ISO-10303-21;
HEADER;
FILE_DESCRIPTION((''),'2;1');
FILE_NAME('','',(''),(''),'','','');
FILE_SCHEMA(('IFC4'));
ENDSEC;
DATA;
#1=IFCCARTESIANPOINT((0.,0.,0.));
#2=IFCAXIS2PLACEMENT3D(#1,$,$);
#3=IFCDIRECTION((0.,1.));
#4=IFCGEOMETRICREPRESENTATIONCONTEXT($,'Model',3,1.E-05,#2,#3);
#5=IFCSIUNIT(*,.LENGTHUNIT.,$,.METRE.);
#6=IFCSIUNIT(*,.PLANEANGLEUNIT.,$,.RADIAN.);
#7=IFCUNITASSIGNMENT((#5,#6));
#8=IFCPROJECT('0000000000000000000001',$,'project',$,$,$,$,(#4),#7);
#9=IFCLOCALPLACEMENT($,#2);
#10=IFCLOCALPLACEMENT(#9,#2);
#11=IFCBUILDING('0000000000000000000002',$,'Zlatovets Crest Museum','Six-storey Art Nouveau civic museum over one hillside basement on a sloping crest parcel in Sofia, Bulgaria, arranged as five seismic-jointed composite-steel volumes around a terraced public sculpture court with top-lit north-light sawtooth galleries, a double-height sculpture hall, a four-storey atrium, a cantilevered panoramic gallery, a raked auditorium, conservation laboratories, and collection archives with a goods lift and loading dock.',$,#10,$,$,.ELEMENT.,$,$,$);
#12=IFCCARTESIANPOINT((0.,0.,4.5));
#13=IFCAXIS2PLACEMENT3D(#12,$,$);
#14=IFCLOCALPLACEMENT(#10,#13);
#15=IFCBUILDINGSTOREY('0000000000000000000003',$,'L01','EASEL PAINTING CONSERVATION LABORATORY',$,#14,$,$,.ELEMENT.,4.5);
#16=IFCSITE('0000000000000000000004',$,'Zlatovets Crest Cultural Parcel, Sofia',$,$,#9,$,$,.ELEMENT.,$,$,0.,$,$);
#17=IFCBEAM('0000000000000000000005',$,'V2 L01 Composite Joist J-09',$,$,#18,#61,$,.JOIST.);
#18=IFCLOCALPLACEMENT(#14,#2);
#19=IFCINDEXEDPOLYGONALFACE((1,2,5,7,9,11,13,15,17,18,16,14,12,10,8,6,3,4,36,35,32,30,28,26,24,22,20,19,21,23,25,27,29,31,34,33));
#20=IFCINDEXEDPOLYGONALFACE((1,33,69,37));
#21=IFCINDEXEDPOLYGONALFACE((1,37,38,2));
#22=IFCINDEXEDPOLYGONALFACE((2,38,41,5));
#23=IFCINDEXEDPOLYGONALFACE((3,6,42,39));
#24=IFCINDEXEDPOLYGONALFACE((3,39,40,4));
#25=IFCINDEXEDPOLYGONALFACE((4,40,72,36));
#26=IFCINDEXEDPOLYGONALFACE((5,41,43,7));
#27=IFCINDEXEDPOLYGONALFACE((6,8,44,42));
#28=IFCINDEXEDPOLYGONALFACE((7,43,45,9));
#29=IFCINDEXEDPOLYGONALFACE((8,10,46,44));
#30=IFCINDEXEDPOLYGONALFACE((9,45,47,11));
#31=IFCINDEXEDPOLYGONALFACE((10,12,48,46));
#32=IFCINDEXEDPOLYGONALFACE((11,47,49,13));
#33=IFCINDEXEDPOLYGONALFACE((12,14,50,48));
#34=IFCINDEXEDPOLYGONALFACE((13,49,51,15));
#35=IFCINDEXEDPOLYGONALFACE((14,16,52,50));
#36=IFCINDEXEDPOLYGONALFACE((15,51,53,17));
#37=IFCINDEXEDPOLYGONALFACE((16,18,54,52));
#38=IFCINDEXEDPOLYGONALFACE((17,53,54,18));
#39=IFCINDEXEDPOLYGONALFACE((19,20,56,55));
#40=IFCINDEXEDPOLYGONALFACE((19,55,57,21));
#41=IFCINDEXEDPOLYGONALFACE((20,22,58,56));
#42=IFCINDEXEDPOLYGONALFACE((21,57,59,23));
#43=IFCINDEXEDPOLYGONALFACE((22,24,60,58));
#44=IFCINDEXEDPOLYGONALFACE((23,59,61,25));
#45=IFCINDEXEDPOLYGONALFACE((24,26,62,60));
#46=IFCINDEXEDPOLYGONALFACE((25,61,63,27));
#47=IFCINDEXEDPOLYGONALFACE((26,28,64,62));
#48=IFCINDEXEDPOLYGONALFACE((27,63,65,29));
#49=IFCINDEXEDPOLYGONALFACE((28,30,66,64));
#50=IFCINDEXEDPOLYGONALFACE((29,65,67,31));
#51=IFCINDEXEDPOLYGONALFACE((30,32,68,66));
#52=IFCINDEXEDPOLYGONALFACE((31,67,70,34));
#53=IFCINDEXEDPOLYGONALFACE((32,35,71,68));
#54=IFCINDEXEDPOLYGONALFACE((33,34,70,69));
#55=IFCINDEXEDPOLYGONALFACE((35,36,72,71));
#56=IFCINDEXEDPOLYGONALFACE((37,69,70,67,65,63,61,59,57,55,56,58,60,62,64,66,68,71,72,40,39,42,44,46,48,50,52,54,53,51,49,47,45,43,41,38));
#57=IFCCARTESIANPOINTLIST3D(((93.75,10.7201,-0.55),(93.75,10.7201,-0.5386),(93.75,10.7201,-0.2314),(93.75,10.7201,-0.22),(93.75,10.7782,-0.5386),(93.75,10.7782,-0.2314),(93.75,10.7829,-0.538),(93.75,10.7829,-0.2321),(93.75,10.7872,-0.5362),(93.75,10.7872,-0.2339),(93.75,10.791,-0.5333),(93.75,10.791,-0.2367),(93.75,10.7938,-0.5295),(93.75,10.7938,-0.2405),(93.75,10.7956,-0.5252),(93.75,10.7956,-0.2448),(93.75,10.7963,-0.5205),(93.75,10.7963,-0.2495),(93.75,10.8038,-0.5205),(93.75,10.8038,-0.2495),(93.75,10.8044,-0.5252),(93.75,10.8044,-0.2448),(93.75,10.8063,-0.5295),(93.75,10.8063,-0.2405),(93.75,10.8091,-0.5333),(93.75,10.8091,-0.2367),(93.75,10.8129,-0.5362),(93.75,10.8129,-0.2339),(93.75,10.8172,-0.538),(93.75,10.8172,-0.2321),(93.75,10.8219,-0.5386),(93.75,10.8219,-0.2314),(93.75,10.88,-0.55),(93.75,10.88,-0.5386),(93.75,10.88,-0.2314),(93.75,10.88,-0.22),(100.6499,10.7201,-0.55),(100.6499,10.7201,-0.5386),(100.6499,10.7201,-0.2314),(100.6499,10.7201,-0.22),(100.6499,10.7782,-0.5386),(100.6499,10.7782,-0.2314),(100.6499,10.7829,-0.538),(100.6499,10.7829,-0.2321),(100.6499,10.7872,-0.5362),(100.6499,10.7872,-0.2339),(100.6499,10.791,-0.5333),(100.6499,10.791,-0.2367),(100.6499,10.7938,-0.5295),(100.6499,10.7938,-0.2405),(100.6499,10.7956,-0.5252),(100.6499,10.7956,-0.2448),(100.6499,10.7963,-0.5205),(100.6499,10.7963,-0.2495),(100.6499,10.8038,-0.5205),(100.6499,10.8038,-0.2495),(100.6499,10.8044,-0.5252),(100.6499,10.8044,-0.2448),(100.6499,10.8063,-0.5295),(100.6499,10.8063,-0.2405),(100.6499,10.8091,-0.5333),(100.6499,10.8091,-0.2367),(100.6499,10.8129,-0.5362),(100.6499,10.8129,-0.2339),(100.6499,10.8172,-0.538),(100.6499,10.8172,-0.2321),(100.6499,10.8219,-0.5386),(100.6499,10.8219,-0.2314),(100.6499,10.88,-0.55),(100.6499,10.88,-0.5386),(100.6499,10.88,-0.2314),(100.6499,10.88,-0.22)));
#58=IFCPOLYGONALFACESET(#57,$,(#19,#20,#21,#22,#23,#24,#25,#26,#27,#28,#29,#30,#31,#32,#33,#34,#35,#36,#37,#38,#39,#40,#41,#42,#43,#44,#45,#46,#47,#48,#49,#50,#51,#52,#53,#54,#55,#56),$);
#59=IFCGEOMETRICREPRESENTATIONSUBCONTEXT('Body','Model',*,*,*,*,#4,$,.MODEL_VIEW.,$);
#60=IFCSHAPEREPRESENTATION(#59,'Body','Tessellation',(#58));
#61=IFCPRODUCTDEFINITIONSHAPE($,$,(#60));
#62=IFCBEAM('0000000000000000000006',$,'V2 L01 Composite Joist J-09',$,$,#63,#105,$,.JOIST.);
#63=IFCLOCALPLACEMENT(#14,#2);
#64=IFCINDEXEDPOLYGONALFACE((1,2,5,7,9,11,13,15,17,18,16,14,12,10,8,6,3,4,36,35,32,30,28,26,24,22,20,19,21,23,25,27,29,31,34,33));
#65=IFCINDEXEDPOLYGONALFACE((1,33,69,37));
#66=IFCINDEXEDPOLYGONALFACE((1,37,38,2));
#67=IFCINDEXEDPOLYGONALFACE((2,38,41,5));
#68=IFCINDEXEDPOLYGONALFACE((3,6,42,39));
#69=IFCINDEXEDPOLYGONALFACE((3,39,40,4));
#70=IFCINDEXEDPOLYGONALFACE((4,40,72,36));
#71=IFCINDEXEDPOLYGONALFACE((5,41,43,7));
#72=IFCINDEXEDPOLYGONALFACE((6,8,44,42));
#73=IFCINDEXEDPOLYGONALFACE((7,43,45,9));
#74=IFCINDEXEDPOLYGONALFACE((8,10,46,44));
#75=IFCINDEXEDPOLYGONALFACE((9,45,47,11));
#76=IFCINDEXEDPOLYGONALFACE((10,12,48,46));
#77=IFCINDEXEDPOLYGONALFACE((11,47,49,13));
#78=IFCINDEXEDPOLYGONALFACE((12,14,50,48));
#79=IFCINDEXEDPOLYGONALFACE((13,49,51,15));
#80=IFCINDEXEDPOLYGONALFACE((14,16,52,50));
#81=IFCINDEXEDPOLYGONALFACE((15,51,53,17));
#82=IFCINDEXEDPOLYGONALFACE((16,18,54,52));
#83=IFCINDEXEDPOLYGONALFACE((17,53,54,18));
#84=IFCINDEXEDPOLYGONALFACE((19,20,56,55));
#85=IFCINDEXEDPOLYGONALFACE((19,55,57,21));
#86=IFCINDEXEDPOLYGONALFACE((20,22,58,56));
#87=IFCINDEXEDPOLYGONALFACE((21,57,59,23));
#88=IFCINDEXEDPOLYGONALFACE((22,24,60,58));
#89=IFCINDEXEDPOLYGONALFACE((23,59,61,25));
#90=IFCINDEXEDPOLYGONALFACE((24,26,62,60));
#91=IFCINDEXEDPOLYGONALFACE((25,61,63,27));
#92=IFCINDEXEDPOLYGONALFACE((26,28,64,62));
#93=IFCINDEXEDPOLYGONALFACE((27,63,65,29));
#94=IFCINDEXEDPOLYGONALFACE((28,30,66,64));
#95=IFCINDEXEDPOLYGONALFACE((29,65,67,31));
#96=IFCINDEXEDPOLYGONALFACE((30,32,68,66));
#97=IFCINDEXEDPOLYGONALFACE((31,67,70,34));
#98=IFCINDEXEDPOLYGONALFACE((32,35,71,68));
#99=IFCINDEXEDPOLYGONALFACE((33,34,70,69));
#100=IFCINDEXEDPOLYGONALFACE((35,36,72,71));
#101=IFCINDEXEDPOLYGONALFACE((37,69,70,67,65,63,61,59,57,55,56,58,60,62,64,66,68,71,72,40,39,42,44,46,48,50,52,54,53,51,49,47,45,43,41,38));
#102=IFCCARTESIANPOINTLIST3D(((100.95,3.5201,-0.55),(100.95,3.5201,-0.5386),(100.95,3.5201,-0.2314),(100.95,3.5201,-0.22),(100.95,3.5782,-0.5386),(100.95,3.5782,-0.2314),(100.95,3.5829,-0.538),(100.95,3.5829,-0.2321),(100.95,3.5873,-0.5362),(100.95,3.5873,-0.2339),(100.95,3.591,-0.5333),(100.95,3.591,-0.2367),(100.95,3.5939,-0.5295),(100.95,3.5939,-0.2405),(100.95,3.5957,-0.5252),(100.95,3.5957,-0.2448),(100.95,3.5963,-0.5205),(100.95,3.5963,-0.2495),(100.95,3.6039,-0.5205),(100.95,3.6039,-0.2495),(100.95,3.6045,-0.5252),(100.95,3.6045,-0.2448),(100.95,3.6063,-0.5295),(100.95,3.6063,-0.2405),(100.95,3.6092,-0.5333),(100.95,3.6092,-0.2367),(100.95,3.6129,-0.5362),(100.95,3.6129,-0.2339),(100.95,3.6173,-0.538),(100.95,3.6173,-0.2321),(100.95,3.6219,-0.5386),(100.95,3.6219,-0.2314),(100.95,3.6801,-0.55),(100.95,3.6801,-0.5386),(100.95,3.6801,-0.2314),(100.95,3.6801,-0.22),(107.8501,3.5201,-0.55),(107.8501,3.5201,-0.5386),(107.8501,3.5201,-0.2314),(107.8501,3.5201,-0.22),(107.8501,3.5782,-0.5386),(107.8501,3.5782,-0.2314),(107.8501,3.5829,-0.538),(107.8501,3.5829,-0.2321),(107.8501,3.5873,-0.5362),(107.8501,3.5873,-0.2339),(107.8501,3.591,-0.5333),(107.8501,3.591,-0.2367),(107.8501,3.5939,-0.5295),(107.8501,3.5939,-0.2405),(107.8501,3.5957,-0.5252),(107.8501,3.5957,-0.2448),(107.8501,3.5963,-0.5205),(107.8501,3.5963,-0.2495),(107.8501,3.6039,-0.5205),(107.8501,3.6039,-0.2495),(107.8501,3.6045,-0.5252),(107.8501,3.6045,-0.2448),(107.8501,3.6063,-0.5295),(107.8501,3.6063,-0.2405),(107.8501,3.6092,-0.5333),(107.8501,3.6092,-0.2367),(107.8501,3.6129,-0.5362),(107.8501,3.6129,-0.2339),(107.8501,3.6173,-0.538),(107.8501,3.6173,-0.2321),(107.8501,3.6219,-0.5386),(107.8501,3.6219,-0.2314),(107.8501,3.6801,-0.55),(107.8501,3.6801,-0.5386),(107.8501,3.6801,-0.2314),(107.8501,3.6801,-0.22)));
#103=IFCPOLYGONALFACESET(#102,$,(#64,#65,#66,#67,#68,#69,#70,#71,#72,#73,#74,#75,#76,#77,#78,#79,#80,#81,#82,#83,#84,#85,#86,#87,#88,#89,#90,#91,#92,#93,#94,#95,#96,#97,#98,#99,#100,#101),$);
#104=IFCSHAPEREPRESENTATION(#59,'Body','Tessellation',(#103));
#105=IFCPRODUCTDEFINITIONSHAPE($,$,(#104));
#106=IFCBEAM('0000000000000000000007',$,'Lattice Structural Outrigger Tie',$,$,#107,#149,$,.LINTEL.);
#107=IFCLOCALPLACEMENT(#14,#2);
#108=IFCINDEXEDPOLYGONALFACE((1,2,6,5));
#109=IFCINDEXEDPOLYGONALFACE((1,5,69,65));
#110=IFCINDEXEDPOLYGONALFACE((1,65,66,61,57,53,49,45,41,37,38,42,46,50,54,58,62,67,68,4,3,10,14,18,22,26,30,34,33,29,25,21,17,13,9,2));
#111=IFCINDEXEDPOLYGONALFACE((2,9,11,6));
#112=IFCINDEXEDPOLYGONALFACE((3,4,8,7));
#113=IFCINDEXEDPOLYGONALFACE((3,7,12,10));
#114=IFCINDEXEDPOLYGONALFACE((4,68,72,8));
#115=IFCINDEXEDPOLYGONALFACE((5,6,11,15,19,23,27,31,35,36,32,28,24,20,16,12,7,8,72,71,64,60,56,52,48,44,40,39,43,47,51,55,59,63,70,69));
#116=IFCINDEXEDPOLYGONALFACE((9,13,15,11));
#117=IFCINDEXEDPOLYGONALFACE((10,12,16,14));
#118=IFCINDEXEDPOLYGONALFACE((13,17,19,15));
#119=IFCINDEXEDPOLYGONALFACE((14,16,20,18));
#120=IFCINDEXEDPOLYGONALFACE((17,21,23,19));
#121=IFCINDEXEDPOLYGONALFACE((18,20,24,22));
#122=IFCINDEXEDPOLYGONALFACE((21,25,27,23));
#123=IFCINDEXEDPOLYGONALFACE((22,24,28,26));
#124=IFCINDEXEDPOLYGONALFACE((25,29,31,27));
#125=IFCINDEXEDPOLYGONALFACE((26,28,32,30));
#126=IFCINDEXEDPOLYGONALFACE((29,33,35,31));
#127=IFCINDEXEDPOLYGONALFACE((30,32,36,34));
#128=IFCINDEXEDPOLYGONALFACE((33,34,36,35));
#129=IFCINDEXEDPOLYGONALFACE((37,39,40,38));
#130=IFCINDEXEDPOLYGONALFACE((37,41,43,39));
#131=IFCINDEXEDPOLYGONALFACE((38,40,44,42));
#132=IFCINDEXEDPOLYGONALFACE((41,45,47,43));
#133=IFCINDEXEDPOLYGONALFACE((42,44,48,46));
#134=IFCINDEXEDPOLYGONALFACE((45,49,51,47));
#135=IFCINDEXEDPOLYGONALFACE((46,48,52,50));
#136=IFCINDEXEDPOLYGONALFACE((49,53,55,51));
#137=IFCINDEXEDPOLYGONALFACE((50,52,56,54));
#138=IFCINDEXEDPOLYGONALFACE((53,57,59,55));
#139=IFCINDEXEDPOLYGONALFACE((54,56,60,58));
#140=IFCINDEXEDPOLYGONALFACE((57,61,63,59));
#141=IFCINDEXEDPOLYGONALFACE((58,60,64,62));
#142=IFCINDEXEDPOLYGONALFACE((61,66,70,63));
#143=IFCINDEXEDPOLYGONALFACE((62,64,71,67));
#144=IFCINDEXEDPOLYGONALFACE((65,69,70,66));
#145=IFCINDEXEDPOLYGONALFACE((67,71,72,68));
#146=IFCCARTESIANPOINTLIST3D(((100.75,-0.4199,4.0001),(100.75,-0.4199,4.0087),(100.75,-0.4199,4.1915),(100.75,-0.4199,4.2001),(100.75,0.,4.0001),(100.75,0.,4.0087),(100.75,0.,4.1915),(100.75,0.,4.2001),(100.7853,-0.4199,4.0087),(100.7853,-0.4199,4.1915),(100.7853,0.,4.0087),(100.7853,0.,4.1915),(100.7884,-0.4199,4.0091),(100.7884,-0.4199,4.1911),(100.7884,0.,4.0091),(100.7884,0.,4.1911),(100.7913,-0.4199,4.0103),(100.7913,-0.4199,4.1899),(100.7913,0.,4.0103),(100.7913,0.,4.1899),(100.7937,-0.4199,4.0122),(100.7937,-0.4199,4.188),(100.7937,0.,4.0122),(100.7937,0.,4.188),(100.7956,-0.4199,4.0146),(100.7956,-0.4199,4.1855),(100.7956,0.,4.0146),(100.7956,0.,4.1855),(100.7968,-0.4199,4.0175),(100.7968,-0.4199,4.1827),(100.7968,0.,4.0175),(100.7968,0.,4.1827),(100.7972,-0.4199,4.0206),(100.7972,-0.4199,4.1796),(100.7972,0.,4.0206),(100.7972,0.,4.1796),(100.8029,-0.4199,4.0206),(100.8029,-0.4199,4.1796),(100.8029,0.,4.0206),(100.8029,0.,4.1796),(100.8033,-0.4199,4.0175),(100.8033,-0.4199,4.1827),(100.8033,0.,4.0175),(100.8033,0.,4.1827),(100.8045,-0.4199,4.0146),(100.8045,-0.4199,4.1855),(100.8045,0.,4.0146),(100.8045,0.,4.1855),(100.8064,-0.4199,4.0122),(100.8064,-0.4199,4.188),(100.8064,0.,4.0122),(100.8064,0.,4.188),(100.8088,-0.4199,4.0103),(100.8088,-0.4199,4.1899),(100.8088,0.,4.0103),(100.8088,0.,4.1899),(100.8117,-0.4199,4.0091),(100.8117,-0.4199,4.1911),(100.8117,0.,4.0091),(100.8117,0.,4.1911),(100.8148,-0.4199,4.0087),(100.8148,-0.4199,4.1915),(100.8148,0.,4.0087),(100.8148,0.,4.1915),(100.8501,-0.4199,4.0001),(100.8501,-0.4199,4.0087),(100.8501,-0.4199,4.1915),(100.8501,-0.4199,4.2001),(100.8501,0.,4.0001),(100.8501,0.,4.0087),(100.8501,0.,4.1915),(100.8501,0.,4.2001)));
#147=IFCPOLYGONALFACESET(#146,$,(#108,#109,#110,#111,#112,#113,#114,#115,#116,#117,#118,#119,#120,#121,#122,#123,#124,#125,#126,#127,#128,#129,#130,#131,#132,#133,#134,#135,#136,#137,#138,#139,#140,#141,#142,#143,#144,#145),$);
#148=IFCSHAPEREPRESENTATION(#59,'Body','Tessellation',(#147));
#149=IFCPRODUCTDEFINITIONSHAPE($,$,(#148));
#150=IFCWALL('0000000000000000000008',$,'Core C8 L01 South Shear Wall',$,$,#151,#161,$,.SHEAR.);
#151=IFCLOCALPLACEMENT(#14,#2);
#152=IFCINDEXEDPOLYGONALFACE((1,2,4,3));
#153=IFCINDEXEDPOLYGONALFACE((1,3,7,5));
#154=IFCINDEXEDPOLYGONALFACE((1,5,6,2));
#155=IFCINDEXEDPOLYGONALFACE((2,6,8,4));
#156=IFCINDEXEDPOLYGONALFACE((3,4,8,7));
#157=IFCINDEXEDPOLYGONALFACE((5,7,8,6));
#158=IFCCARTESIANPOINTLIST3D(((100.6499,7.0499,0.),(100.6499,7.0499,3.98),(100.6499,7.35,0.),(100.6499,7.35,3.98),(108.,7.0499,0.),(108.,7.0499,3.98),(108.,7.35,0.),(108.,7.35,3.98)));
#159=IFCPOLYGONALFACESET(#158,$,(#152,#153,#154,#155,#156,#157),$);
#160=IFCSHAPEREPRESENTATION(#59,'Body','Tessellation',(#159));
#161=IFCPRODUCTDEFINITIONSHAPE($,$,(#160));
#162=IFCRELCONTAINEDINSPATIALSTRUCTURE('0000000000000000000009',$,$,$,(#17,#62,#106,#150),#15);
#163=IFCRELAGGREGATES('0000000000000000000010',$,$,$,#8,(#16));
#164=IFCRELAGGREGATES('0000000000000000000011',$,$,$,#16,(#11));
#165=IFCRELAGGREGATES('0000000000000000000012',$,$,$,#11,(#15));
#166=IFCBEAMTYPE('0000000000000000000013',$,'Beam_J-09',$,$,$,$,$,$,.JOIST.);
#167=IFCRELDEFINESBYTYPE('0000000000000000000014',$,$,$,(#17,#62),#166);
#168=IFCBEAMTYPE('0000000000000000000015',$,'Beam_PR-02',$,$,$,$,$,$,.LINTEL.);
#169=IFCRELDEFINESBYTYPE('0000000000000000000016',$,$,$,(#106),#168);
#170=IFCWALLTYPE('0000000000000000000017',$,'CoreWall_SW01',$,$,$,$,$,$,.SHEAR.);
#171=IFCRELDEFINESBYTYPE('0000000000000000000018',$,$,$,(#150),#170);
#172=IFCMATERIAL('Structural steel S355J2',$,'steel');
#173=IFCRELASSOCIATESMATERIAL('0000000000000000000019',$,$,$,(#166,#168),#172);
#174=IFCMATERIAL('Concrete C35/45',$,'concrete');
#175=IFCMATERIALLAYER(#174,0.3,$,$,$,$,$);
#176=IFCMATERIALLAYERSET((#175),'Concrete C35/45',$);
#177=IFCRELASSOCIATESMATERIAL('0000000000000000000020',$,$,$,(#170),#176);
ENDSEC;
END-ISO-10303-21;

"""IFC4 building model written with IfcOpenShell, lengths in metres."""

from ifc_helpers import new_model, si_unit, direction, frame, frame_2d, origin, origin_2d, place, context, subcontext, project, spatial, rectangle, i_section, extrude, material, layer, layer_set, material_profile, profile_set, type_object, element, save


model = new_model("IFC4")

# Units and contexts
model_context = context("Model", 3, precision=1e-05, world=origin(), true_north=direction((0.0, 1.0)))
body_context = subcontext(model_context, "Body", "Model", "MODEL_VIEW")
ifc_project = project(units=[si_unit("LENGTHUNIT", "METRE"), si_unit("PLANEANGLEUNIT", "RADIAN")], contexts=[model_context])

# Site, building, storey
site_placement = place(None, origin())
site = spatial("IfcSite", under=ifc_project, at=site_placement, Name="Zlatovets Crest Cultural Parcel, Sofia", CompositionType="ELEMENT", RefElevation=0.0)
building_placement = place(site_placement, origin())
building = spatial("IfcBuilding", under=site, at=building_placement, Name="Zlatovets Crest Museum", Description="Six-storey Art Nouveau civic museum over one hillside basement on a sloping crest parcel in Sofia, Bulgaria, arranged as five seismic-jointed composite-steel volumes around a terraced public sculpture court with top-lit north-light sawtooth galleries, a double-height sculpture hall, a four-storey atrium, a cantilevered panoramic gallery, a raked auditorium, conservation laboratories, and collection archives with a goods lift and loading dock.", CompositionType="ELEMENT")
storey_placement = place(building_placement, frame((0.0, 0.0, 4.5)))
storey = spatial("IfcBuildingStorey", under=building, at=storey_placement, Name="L01", Description="EASEL PAINTING CONSERVATION LABORATORY", CompositionType="ELEMENT", Elevation=4.5)

# Shared definitions
ifc_material_1 = material(Name="Structural steel S355J2", Category="steel")

# Beams
ifc_material_profile_1 = material_profile(ifc_material_1, i_section(OverallWidth=0.1599, OverallDepth=0.3301, WebThickness=0.0076, FlangeThickness=0.0115, FilletRadius=0.0181, at=origin_2d()), Name="IPE 330")
ifc_profile_set_1 = profile_set([ifc_material_profile_1], Name="Structural steel S355J2")
beam_type_1 = type_object("IfcBeamType", Name="Beam_J-09", PredefinedType="JOIST", material=ifc_profile_set_1)
for number, where, z_axis, x_axis, name in (
    (1, (93.75, 10.8, -0.385), (1.0, 0.0, 0.0), (0.0, 1.0, 0.0), "V2 L01 Composite Joist J-09"),
):
    element("IfcBeam", number, at=place(storey_placement, frame(where, z_axis=z_axis, x_axis=x_axis)), inside=storey, type_object=beam_type_1, Name=name, PredefinedType="JOIST", context=body_context, shape_type="SweptSolid", body=[
        extrude(i_section(OverallWidth=0.1599, OverallDepth=0.3301, WebThickness=0.0076, FlangeThickness=0.0115, FilletRadius=0.0181, at=origin_2d()), origin(), (0.0, 0.0, 1.0), 6.8999),
    ])
beam_1_placement = place(storey_placement, frame((100.95, 3.6001, -0.385), z_axis=(1.0, 0.0, 0.0), x_axis=(0.0, 1.0, 0.0)))
element("IfcBeam", 2, at=beam_1_placement, inside=storey, type_object=beam_type_1, Name="V2 L01 Composite Joist J-09", PredefinedType="JOIST", context=body_context, shape_type="SweptSolid", body=[
    extrude(i_section(OverallWidth=0.1599, OverallDepth=0.3301, WebThickness=0.0076, FlangeThickness=0.0115, FilletRadius=0.0181, at=origin_2d()), origin(), (0.0, 0.0, 1.0), 6.9001),
])
ifc_material_profile_2 = material_profile(ifc_material_1, i_section(OverallWidth=0.1001, OverallDepth=0.2, WebThickness=0.0056, FlangeThickness=0.0085, FilletRadius=0.012, at=origin_2d()), Name="IPE 200")
ifc_profile_set_2 = profile_set([ifc_material_profile_2], Name="Structural steel S355J2")
beam_type_2 = type_object("IfcBeamType", Name="Beam_PR-02", PredefinedType="LINTEL", material=ifc_profile_set_2)
beam_2_placement = place(storey_placement, frame((100.8, 0.0, 4.1001), z_axis=(0.0, -1.0, 0.0), x_axis=(1.0, 0.0, 0.0)))
element("IfcBeam", 3, at=beam_2_placement, inside=storey, type_object=beam_type_2, Name="Lattice Structural Outrigger Tie", PredefinedType="LINTEL", context=body_context, shape_type="SweptSolid", body=[
    extrude(i_section(OverallWidth=0.1001, OverallDepth=0.2, WebThickness=0.0056, FlangeThickness=0.0085, FilletRadius=0.012, at=origin_2d()), origin(), (0.0, 0.0, 1.0), 0.4199),
])

# Wall
ifc_material_2 = material(Name="Concrete C35/45", Category="concrete")
ifc_layer_1 = layer(ifc_material_2, 0.3)
ifc_layer_set_1 = layer_set([ifc_layer_1], Name="Concrete C35/45")
wall_type_1 = type_object("IfcWallType", Name="CoreWall_SW01", PredefinedType="SHEAR", material=ifc_layer_set_1)
wall_1_placement = place(storey_placement, frame((100.6499, 7.2, 0.0), z_axis=(0.0, 0.0, 1.0), x_axis=(1.0, 0.0, 0.0)))
element("IfcWall", 4, at=wall_1_placement, inside=storey, type_object=wall_type_1, Name="Core C8 L01 South Shear Wall", PredefinedType="SHEAR", context=body_context, shape_type="SweptSolid", body=[
    extrude(rectangle(XDim=7.3501, YDim=0.3, at=frame_2d((3.675, 0.0))), origin(), (0.0, 0.0, 1.0), 3.98),
])

save(model, "model.ifc")
